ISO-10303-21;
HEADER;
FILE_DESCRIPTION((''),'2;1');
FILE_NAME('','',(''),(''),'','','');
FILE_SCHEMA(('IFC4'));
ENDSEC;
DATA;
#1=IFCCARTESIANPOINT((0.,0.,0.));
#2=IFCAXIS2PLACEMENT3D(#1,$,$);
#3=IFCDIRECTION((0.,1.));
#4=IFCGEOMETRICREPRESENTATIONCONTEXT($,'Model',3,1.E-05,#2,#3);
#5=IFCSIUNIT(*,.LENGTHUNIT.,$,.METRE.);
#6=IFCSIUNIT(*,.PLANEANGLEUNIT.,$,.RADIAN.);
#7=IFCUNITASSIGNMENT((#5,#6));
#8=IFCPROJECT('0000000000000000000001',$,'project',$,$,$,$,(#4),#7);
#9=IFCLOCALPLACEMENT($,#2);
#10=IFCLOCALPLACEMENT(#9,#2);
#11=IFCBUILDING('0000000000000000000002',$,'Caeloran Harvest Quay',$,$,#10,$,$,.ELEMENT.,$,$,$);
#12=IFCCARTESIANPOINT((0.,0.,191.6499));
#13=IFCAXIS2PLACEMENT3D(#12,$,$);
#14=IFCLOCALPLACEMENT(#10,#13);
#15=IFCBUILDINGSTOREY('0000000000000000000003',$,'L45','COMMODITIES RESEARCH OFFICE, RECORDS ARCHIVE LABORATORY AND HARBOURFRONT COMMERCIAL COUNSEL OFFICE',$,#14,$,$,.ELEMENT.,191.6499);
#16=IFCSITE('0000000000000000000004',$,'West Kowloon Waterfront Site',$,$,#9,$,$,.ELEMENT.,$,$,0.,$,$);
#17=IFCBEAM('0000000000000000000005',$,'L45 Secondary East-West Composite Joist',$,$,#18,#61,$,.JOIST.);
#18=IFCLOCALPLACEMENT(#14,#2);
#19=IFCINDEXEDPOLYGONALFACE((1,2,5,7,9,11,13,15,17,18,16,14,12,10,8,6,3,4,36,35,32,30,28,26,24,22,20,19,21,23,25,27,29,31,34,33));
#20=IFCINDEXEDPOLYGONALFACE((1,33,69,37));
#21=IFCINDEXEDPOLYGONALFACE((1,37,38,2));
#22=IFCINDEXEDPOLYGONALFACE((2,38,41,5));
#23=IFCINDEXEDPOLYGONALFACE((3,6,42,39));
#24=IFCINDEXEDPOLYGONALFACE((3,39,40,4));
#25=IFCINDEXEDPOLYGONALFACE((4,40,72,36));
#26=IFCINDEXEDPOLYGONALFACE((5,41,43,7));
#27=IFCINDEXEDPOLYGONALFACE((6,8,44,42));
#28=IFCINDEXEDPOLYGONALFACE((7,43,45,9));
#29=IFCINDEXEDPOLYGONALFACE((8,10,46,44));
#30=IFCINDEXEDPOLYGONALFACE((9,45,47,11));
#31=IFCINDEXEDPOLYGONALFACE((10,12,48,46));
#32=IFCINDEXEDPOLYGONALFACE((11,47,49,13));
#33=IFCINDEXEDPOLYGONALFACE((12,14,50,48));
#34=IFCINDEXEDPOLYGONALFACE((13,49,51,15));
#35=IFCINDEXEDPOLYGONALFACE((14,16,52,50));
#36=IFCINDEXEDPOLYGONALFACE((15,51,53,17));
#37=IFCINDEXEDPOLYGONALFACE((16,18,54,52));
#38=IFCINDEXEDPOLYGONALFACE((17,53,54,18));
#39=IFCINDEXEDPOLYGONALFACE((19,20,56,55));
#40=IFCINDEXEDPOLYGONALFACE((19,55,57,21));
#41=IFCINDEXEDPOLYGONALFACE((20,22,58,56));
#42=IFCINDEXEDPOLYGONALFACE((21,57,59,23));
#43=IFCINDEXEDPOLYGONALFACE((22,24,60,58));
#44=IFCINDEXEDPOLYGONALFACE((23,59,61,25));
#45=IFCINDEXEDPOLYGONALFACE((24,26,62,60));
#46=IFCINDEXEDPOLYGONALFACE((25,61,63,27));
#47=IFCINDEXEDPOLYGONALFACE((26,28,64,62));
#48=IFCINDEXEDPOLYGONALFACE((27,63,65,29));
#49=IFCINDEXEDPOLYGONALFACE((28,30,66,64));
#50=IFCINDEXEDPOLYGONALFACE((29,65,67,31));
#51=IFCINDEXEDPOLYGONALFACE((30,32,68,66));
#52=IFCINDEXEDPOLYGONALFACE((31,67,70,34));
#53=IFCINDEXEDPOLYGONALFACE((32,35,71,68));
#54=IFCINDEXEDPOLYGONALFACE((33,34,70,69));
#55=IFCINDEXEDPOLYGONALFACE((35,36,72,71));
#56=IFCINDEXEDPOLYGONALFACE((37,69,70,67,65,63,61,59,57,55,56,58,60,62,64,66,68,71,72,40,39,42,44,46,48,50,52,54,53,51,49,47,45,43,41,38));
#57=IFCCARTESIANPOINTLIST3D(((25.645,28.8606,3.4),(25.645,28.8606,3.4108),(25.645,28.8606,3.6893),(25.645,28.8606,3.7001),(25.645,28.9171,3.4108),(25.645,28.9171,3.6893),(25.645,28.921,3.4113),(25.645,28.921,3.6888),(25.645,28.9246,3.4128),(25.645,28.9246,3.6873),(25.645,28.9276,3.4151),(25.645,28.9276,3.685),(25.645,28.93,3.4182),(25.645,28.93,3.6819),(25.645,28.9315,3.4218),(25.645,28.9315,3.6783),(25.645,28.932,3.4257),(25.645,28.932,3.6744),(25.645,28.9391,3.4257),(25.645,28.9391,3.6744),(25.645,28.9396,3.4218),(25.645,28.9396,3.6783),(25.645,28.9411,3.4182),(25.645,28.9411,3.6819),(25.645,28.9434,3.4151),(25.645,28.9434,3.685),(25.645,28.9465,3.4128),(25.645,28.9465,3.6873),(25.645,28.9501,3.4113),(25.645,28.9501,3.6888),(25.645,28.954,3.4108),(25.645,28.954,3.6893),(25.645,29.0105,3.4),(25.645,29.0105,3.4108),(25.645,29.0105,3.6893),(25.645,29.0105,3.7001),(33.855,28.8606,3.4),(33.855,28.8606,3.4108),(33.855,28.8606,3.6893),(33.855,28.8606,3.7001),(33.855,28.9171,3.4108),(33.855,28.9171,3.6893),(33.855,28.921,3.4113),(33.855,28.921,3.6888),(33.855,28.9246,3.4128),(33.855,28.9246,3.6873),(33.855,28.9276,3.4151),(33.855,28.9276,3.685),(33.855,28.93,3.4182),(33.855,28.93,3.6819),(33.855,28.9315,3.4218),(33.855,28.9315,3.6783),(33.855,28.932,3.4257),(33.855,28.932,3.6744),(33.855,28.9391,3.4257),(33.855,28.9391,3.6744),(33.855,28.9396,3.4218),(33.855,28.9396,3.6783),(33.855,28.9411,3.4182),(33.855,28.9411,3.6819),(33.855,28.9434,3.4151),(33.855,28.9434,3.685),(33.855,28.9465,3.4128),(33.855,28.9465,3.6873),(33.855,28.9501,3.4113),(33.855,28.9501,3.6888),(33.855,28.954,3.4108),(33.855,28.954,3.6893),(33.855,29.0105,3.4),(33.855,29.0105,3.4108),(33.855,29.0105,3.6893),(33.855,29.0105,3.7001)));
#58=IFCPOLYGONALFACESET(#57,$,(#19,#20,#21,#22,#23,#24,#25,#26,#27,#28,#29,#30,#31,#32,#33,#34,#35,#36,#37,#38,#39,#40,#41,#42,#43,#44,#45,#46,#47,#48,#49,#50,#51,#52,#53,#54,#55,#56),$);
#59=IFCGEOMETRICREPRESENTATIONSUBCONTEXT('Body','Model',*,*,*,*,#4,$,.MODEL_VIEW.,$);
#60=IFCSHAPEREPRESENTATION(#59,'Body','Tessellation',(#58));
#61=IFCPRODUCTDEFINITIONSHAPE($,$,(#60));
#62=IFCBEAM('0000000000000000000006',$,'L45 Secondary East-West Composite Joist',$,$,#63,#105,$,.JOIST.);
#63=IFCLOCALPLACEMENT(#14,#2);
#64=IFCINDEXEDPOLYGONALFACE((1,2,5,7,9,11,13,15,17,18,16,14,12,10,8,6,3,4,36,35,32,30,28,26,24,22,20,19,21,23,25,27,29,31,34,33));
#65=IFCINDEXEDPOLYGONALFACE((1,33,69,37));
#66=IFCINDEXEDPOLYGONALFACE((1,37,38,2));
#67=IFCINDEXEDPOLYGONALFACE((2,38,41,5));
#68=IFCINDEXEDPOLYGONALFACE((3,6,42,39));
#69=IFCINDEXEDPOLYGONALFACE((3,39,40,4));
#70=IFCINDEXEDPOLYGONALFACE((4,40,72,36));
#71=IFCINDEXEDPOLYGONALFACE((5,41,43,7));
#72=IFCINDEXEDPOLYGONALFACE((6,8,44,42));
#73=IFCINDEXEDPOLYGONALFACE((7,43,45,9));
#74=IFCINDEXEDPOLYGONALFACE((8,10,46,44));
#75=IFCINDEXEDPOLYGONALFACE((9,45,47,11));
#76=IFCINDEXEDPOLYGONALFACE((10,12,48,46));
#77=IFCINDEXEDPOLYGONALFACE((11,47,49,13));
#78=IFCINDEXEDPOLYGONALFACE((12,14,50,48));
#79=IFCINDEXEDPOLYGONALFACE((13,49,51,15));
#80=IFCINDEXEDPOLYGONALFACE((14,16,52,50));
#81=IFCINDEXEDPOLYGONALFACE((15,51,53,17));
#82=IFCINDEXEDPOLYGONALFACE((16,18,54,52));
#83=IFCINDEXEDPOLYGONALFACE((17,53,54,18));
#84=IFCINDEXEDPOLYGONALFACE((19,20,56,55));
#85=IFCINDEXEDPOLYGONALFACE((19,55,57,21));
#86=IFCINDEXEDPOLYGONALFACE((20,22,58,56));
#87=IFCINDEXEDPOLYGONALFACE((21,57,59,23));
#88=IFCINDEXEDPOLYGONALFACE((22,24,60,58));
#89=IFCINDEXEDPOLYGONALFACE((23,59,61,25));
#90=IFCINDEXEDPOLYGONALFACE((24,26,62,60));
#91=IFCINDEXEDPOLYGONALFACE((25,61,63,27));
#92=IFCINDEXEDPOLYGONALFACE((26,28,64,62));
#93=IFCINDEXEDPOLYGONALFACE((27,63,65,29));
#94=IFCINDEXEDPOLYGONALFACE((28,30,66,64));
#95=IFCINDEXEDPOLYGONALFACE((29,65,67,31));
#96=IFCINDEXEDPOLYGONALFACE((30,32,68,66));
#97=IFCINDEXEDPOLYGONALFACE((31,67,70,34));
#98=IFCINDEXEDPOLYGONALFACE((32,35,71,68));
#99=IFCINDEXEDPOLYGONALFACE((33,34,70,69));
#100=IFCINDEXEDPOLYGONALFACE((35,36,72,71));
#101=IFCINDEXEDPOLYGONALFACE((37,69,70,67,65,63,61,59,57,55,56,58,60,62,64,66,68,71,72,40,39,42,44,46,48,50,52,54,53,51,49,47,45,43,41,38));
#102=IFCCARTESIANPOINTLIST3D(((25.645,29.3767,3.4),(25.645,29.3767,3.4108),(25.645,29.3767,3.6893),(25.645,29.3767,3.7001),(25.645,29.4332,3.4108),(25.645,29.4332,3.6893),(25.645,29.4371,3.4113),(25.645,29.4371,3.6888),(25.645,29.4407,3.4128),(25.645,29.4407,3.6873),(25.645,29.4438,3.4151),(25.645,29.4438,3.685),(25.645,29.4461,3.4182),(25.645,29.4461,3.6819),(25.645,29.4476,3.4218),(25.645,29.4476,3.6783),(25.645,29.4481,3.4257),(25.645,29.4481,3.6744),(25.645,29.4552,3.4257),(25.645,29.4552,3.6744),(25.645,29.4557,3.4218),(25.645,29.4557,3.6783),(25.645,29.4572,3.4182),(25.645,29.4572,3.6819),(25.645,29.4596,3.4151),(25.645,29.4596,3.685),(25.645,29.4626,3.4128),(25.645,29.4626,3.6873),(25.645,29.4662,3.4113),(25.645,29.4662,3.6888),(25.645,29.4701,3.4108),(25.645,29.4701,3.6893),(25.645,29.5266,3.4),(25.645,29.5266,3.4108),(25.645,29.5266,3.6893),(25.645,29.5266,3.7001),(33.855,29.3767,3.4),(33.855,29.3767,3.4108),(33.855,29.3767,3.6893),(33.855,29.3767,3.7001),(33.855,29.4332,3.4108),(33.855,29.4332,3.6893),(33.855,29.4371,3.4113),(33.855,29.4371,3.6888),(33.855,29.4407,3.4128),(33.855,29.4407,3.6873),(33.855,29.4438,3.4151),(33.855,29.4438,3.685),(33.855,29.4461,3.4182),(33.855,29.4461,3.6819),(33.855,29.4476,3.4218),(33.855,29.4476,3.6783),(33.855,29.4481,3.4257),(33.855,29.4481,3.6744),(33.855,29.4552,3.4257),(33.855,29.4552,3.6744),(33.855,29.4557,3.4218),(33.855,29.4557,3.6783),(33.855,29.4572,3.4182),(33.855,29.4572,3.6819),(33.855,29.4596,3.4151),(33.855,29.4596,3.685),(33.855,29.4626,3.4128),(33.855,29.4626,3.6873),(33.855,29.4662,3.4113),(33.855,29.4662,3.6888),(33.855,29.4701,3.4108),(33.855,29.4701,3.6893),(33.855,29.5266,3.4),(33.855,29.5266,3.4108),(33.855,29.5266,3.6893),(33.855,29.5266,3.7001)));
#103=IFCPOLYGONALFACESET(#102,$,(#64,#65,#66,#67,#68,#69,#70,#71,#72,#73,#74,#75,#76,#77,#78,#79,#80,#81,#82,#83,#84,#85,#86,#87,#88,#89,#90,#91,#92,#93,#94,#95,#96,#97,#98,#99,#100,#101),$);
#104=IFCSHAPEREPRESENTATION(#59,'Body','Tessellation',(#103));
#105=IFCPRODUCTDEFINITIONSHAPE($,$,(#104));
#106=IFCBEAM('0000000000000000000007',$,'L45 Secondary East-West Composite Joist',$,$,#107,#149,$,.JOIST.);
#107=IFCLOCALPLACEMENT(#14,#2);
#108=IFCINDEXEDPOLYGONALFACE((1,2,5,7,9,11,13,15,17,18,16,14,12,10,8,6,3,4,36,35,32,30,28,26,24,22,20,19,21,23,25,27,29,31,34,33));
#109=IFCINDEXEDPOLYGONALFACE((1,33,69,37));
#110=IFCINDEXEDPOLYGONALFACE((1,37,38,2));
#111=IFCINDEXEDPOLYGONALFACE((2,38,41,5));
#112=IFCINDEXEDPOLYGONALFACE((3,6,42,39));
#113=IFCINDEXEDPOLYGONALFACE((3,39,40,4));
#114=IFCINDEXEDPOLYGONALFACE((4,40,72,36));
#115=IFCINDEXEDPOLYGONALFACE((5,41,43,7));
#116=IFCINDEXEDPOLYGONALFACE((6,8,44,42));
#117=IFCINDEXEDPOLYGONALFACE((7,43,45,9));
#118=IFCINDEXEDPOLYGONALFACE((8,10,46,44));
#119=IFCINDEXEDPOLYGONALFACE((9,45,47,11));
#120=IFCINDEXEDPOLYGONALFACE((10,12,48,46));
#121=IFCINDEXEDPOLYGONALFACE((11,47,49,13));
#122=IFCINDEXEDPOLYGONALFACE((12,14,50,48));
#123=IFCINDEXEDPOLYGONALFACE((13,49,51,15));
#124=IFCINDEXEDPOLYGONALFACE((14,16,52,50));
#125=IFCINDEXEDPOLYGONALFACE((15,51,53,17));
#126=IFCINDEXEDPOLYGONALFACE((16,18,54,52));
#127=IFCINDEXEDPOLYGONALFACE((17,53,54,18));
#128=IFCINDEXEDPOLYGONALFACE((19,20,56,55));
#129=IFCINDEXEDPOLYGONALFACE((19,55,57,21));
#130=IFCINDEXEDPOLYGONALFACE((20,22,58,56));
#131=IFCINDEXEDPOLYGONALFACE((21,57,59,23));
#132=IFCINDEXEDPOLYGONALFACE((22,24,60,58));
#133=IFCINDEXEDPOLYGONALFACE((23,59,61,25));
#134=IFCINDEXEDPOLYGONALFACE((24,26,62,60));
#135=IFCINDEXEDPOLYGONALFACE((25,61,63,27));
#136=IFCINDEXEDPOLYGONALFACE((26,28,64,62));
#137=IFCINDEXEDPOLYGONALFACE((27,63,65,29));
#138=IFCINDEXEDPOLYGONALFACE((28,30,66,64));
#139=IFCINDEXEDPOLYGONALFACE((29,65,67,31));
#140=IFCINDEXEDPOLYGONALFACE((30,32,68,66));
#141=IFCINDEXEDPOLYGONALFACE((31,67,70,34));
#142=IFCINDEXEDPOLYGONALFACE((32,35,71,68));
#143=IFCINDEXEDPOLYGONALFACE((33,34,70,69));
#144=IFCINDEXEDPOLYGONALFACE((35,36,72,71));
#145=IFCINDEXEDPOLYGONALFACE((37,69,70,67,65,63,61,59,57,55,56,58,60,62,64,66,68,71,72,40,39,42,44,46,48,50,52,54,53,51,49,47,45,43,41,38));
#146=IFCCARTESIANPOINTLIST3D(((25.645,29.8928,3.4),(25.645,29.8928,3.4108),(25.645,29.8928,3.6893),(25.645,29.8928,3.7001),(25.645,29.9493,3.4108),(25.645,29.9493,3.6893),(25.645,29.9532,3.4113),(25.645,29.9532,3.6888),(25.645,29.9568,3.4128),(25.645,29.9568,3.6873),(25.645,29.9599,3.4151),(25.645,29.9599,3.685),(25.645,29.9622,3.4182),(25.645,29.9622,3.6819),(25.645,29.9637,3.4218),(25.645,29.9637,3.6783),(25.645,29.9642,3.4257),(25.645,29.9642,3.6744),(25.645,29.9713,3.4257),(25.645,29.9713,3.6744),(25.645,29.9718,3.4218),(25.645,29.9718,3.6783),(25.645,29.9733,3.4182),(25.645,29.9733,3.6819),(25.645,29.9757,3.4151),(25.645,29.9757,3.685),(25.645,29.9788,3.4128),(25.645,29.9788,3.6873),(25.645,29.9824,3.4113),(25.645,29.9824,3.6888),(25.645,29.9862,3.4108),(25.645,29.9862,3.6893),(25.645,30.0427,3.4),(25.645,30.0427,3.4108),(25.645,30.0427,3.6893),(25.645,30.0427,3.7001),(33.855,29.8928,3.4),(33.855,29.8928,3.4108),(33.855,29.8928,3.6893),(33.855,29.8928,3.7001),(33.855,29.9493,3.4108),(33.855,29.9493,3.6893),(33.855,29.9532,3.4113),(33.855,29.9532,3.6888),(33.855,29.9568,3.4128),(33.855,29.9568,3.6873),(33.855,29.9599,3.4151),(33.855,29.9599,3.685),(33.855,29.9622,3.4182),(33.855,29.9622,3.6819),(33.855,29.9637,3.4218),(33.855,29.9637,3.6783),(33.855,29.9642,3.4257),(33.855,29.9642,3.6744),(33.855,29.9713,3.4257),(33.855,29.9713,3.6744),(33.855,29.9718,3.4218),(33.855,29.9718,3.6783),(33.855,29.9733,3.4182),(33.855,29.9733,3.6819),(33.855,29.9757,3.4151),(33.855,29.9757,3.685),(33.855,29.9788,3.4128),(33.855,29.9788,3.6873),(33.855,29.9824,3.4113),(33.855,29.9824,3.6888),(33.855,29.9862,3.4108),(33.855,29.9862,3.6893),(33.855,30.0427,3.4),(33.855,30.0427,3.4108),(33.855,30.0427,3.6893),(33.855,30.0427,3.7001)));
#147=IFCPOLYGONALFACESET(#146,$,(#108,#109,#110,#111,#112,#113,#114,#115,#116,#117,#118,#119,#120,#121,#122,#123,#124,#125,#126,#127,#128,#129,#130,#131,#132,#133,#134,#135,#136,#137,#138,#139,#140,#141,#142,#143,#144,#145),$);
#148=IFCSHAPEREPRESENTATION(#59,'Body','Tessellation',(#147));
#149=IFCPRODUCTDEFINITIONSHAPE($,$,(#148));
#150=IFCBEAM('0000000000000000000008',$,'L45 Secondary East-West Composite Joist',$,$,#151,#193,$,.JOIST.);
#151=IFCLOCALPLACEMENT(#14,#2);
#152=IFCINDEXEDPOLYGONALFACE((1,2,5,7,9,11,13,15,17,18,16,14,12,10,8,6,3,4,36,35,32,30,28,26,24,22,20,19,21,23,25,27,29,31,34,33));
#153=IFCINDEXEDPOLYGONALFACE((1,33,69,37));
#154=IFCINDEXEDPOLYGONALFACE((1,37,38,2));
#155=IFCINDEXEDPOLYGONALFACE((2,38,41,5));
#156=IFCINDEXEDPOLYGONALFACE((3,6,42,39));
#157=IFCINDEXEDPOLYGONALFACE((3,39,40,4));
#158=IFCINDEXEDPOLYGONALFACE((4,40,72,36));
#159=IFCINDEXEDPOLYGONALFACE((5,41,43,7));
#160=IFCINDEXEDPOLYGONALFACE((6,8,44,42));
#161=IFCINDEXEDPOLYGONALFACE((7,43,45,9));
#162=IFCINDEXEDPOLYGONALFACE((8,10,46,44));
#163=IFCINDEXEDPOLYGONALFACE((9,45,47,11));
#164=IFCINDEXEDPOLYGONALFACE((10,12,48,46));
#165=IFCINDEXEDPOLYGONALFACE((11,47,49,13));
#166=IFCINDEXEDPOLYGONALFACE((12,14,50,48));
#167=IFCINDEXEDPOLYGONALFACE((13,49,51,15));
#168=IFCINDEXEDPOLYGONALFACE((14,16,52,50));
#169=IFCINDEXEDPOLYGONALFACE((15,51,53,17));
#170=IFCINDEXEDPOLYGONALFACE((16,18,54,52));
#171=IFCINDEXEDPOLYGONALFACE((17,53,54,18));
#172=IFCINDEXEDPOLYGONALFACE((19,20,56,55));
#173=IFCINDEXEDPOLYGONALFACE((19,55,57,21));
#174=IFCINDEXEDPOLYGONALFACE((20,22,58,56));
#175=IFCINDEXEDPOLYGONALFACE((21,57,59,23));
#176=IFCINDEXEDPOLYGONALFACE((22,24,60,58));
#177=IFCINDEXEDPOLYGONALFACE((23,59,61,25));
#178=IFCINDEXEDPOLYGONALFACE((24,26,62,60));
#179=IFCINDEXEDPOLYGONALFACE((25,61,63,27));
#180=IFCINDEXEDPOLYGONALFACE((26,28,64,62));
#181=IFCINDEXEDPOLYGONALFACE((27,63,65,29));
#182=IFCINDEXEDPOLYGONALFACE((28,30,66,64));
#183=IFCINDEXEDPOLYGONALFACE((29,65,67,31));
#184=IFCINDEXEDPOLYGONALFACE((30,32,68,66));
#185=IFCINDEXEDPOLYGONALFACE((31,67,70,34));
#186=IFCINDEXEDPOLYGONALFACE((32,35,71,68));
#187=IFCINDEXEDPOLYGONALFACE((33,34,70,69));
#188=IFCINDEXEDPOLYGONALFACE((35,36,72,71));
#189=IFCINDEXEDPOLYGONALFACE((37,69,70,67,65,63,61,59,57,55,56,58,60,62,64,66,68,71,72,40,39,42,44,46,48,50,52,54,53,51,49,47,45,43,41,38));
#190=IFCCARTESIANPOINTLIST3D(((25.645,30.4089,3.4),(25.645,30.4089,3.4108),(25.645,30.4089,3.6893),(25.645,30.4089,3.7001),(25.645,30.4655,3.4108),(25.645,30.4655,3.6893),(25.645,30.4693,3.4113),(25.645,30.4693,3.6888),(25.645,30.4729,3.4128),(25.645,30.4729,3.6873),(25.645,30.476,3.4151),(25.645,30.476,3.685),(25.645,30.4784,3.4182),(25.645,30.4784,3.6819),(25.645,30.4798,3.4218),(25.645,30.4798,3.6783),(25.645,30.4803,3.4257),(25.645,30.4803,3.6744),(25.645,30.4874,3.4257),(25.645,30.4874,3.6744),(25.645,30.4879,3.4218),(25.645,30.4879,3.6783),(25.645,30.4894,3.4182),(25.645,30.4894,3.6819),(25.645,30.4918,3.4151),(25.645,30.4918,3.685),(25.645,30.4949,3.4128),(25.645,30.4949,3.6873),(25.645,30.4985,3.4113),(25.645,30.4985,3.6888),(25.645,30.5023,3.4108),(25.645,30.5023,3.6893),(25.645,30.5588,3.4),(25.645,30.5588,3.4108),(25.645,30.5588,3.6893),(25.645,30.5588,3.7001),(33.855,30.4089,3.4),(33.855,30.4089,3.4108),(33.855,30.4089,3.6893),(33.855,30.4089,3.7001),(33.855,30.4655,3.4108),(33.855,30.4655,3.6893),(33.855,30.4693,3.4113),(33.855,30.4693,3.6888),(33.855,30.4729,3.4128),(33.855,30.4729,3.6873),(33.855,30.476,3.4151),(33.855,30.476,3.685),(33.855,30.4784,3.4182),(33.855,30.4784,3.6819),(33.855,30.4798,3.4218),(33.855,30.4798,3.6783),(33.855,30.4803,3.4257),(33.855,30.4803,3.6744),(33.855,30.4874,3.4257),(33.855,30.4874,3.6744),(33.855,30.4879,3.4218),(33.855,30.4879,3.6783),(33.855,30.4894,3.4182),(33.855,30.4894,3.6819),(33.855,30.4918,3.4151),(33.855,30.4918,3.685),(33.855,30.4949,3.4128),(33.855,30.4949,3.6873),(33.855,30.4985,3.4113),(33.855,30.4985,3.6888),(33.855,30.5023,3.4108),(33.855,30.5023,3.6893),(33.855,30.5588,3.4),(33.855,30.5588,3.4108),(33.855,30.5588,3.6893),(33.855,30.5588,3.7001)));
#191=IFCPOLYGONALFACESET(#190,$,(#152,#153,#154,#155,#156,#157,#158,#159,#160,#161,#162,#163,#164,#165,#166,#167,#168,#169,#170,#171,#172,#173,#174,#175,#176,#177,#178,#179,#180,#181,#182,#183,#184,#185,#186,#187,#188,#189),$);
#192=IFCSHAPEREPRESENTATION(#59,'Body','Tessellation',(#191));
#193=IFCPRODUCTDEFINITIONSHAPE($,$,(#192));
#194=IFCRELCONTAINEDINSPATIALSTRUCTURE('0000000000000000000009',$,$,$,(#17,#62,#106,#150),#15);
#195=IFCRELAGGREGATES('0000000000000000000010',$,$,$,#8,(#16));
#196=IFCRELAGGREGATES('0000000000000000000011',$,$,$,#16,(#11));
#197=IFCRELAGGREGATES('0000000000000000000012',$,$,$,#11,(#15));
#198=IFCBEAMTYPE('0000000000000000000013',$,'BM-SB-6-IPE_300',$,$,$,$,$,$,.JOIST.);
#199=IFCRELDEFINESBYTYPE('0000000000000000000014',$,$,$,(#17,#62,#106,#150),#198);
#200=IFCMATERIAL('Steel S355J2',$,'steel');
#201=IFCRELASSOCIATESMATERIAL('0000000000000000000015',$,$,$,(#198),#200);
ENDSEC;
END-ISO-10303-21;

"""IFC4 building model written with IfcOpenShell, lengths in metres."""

from ifc_helpers import new_model, si_unit, direction, frame, origin, origin_2d, place, context, subcontext, project, spatial, i_section, extrude, material, material_profile, profile_set, type_object, element, save


model = new_model("IFC4")

# Units and contexts
model_context = context("Model", 3, precision=1e-05, world=origin(), true_north=direction((0.0, 1.0)))
body_context = subcontext(model_context, "Body", "Model", "MODEL_VIEW")
ifc_project = project(units=[si_unit("LENGTHUNIT", "METRE"), si_unit("PLANEANGLEUNIT", "RADIAN")], contexts=[model_context])

# Site, building, storey
site_placement = place(None, origin())
site = spatial("IfcSite", under=ifc_project, at=site_placement, Name="West Kowloon Waterfront Site", CompositionType="ELEMENT", RefElevation=0.0)
building_placement = place(site_placement, origin())
building = spatial("IfcBuilding", under=site, at=building_placement, Name="Caeloran Harvest Quay", CompositionType="ELEMENT")
storey_placement = place(building_placement, frame((0.0, 0.0, 191.6499)))
storey = spatial("IfcBuildingStorey", under=building, at=storey_placement, Name="L45", Description="COMMODITIES RESEARCH OFFICE, RECORDS ARCHIVE LABORATORY AND HARBOURFRONT COMMERCIAL COUNSEL OFFICE", CompositionType="ELEMENT", Elevation=191.6499)

# Beams
ifc_material_1 = material(Name="Steel S355J2", Category="steel")
ifc_material_profile_1 = material_profile(ifc_material_1, i_section(OverallWidth=0.1499, OverallDepth=0.3, WebThickness=0.0071, FlangeThickness=0.0107, FilletRadius=0.0149, at=origin_2d()), Name="IPE 300")
ifc_profile_set_1 = profile_set([ifc_material_profile_1], Name="Steel S355J2")
beam_type_1 = type_object("IfcBeamType", Name="BM-SB-6-IPE_300", PredefinedType="JOIST", material=ifc_profile_set_1)
for number, where, z_axis, x_axis, name in (
    (1, (25.645, 28.9355, 3.55), (1.0, 0.0, 0.0), (0.0, 1.0, 0.0), "L45 Secondary East-West Composite Joist"),
    (2, (25.645, 29.4517, 3.55), (1.0, 0.0, 0.0), (0.0, 1.0, 0.0), "L45 Secondary East-West Composite Joist"),
    (3, (25.645, 29.9678, 3.55), (1.0, 0.0, 0.0), (0.0, 1.0, 0.0), "L45 Secondary East-West Composite Joist"),
    (4, (25.645, 30.4839, 3.55), (1.0, 0.0, 0.0), (0.0, 1.0, 0.0), "L45 Secondary East-West Composite Joist"),
):
    element("IfcBeam", number, at=place(storey_placement, frame(where, z_axis=z_axis, x_axis=x_axis)), inside=storey, type_object=beam_type_1, Name=name, PredefinedType="JOIST", context=body_context, shape_type="SweptSolid", body=[
        extrude(i_section(OverallWidth=0.1499, OverallDepth=0.3, WebThickness=0.0071, FlangeThickness=0.0107, FilletRadius=0.0149, at=origin_2d()), origin(), (0.0, 0.0, 1.0), 8.21),
    ])

save(model, "model.ifc")
